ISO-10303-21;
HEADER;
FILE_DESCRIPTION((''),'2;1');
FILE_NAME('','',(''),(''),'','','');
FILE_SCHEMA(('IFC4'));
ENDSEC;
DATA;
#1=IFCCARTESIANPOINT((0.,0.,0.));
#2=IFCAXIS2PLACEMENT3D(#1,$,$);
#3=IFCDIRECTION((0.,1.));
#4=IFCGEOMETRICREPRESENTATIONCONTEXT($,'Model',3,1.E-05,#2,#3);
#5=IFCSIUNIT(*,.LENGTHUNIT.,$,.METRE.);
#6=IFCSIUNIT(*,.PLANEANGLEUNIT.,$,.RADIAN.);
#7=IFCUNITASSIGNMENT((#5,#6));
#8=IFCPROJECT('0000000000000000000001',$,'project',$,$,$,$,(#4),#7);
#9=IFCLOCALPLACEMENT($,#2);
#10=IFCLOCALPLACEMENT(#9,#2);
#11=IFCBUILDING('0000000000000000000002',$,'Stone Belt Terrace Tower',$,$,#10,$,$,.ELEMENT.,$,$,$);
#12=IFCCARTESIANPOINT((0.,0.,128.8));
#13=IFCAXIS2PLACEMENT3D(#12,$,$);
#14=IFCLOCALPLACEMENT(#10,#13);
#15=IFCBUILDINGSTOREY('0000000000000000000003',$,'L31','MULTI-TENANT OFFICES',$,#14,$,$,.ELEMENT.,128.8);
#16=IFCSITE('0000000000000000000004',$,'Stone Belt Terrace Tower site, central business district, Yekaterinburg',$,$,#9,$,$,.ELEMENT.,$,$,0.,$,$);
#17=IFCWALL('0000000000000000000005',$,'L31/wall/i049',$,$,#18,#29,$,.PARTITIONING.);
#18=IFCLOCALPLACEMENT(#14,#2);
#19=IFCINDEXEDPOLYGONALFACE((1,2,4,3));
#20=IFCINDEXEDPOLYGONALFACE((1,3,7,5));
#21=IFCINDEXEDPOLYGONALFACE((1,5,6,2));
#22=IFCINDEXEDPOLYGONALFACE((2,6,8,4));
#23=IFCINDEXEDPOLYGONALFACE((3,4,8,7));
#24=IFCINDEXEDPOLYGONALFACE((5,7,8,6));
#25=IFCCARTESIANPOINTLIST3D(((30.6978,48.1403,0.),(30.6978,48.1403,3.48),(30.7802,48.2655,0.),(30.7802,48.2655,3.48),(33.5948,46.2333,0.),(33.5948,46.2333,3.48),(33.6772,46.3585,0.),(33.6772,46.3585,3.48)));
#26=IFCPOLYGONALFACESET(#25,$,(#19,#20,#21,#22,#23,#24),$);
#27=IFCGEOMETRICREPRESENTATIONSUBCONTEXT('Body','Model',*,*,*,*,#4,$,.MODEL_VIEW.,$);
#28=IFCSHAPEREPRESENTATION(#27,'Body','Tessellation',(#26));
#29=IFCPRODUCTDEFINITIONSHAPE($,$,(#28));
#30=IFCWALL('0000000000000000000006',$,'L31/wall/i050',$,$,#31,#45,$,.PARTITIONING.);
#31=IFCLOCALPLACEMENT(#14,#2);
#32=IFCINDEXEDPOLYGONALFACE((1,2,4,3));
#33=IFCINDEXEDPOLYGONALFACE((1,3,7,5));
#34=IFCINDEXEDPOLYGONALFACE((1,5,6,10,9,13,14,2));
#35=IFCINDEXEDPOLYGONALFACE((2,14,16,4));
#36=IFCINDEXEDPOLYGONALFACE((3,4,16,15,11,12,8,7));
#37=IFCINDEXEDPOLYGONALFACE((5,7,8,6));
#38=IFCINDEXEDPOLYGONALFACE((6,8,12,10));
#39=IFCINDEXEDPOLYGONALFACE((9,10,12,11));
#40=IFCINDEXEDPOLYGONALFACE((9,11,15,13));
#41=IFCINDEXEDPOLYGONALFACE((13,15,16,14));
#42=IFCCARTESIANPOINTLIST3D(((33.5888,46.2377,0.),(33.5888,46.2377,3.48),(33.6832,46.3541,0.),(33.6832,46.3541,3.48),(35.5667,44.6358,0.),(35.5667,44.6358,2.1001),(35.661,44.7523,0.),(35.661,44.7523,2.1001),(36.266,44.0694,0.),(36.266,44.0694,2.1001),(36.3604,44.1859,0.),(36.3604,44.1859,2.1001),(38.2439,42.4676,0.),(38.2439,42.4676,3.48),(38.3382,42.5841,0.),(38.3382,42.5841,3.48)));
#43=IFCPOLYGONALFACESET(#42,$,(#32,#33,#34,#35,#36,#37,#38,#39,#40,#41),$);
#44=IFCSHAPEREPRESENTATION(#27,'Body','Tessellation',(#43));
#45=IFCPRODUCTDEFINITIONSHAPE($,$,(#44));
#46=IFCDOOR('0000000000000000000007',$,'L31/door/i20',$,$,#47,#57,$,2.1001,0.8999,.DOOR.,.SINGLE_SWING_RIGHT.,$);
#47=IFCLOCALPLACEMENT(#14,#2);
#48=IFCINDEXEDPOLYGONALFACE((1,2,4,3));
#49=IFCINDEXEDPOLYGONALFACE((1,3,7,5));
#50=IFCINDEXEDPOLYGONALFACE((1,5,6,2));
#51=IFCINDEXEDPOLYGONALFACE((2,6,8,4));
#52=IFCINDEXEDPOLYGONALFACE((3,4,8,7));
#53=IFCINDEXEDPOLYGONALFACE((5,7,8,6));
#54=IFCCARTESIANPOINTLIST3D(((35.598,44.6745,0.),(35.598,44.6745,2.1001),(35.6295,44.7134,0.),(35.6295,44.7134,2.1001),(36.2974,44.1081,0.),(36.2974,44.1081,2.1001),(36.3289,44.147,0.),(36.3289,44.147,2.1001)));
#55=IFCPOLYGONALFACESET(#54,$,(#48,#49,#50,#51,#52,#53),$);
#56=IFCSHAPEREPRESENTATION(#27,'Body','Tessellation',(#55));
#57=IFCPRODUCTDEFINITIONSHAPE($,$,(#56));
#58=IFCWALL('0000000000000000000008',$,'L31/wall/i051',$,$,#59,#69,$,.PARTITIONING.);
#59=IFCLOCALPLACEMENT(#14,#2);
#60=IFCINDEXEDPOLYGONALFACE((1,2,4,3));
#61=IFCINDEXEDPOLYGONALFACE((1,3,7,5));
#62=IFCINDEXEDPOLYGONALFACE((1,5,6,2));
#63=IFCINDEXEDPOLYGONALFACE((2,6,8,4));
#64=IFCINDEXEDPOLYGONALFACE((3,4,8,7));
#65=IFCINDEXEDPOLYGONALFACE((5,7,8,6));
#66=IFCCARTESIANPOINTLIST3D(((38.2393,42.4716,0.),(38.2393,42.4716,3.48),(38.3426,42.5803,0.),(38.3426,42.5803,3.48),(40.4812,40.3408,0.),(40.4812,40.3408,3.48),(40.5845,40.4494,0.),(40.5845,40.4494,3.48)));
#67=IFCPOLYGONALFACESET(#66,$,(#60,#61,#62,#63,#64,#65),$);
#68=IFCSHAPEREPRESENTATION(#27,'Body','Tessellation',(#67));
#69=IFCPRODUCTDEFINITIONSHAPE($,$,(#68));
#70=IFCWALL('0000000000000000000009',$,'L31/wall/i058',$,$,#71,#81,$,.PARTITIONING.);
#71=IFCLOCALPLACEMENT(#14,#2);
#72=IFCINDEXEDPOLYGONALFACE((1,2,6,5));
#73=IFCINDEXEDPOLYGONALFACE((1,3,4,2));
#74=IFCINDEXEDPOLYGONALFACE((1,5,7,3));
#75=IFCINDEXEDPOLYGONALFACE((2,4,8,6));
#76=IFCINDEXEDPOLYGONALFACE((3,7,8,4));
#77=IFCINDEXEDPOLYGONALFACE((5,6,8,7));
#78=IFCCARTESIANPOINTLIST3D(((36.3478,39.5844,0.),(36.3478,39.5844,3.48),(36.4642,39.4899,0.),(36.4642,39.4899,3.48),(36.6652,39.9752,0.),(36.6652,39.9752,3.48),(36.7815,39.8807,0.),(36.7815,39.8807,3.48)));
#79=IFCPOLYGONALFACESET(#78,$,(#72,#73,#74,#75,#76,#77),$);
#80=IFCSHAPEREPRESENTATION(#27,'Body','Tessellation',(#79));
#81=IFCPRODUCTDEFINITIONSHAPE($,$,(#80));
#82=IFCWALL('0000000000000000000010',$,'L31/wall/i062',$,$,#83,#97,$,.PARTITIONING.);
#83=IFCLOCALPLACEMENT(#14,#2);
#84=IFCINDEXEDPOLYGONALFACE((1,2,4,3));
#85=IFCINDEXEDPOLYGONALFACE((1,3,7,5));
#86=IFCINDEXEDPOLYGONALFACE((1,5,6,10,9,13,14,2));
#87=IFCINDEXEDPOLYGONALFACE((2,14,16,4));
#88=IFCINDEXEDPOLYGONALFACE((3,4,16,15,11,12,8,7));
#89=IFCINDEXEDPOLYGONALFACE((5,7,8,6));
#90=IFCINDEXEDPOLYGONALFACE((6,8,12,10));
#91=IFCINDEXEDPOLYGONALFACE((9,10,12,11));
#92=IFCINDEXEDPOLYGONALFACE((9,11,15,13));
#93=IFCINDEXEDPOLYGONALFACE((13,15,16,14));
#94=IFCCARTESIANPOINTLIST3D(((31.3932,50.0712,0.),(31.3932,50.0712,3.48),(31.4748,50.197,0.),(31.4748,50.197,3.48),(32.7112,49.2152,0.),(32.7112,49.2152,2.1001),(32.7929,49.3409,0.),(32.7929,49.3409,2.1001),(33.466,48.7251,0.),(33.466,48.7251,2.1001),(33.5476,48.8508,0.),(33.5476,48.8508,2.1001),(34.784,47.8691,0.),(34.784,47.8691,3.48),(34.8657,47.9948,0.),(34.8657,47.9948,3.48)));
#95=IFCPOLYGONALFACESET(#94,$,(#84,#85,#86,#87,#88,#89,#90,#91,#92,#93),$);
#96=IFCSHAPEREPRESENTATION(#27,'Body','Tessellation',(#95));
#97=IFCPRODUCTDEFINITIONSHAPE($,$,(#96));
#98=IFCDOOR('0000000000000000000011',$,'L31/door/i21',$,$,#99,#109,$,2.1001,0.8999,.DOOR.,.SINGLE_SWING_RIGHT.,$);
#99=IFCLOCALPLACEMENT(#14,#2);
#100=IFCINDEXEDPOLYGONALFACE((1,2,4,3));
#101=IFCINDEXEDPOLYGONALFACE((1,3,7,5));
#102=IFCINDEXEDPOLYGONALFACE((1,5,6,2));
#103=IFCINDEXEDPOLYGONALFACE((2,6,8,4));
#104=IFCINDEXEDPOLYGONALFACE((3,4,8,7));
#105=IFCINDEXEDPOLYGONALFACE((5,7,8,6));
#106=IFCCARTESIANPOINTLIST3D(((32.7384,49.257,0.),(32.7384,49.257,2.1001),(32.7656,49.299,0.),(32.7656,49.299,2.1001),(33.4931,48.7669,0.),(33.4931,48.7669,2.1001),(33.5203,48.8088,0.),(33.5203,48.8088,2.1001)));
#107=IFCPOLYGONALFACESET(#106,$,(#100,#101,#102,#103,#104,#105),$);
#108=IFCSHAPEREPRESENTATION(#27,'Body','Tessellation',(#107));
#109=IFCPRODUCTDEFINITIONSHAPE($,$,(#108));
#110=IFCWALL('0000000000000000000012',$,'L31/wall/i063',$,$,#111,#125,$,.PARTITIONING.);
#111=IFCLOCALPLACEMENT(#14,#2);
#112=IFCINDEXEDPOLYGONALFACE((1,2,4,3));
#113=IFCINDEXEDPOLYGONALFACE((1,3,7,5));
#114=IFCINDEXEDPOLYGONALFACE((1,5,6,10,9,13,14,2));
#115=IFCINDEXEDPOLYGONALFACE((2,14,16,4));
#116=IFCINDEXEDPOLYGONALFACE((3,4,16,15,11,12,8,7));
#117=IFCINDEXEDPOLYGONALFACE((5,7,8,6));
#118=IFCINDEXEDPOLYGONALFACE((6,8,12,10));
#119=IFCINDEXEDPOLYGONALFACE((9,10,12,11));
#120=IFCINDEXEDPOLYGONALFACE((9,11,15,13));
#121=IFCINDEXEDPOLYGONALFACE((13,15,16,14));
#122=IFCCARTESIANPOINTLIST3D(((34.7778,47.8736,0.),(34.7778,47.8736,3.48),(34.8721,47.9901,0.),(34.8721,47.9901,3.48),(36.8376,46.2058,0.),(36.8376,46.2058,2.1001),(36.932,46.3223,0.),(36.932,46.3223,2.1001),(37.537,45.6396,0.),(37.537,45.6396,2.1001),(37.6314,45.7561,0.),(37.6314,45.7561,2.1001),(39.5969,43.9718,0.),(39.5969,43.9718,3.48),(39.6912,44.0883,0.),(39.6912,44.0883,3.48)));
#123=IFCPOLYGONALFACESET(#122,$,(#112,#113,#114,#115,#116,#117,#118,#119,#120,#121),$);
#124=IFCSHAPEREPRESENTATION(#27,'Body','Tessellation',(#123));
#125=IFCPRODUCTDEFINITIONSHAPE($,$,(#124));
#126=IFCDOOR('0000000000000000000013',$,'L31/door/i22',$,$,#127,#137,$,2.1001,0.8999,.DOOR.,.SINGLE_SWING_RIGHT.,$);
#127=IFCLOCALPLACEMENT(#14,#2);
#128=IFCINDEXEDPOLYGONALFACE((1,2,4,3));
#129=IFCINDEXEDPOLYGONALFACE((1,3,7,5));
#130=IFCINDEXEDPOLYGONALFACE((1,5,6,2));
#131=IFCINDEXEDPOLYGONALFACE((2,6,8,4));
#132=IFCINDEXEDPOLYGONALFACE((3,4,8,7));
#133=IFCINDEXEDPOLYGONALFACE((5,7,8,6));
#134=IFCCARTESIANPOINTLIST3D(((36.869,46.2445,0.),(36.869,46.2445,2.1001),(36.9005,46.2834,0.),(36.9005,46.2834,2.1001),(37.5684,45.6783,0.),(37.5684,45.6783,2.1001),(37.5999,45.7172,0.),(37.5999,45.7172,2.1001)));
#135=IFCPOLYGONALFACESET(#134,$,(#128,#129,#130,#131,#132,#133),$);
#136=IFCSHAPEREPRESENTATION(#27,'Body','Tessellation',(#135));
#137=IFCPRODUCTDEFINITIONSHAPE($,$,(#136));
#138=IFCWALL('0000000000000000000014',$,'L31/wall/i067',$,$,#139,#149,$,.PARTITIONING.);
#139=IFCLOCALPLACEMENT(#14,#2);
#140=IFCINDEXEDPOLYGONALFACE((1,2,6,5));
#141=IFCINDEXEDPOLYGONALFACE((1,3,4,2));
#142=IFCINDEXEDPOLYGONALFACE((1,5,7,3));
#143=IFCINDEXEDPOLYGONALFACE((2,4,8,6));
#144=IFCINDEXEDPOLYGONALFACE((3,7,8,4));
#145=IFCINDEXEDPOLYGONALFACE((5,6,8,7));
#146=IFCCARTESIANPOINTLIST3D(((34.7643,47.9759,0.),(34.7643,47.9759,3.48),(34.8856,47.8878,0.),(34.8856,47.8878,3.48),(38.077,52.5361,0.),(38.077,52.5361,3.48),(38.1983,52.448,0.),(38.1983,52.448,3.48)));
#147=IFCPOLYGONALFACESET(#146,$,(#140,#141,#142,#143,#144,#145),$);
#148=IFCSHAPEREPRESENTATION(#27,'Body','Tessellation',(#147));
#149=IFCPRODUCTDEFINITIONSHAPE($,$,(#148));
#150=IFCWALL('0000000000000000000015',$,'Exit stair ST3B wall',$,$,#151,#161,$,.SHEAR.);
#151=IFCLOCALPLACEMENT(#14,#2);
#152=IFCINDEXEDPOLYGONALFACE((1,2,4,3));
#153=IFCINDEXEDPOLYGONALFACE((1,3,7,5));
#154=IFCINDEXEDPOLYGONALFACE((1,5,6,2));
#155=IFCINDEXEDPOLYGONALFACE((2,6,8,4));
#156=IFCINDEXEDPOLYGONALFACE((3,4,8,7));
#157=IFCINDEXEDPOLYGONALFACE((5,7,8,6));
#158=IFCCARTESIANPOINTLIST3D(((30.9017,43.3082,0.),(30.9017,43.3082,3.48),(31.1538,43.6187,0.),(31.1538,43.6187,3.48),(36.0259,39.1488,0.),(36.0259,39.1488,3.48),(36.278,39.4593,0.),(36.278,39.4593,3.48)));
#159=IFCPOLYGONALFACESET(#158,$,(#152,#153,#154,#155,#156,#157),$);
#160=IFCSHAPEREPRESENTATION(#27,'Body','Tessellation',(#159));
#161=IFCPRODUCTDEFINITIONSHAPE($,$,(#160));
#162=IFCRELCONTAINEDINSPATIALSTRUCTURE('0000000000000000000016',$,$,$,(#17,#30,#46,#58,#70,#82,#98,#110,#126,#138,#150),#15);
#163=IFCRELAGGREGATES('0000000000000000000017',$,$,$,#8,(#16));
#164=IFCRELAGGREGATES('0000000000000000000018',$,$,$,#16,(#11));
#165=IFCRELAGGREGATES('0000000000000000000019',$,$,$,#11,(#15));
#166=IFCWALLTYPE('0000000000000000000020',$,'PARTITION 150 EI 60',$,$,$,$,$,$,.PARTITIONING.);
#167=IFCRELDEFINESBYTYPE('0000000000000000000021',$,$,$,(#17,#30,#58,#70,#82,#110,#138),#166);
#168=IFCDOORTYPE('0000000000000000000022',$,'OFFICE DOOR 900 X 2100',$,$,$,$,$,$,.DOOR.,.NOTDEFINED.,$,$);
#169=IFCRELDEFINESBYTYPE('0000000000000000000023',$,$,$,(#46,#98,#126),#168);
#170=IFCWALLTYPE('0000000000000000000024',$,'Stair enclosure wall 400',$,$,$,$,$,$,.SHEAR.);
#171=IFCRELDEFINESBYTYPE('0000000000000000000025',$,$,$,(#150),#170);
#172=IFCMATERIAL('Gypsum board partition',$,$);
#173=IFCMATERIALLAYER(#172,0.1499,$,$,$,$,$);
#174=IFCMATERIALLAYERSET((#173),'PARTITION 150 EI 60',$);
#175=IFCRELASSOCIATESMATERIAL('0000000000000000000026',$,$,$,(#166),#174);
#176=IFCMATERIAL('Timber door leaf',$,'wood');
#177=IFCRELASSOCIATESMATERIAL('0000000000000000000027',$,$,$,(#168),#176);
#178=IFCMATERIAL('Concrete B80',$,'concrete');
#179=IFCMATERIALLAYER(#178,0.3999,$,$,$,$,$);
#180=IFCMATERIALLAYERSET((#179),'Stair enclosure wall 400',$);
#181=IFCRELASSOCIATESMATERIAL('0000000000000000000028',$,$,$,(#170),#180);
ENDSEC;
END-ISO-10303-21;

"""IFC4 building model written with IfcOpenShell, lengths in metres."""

from ifc_helpers import new_model, si_unit, direction, frame, frame_2d, origin, place, context, subcontext, project, spatial, rectangle, extrude, material, layer, layer_set, type_object, element, fill, save


model = new_model("IFC4")

# Units and contexts
model_context = context("Model", 3, precision=1e-05, world=origin(), true_north=direction((0.0, 1.0)))
body_context = subcontext(model_context, "Body", "Model", "MODEL_VIEW")
ifc_project = project(units=[si_unit("LENGTHUNIT", "METRE"), si_unit("PLANEANGLEUNIT", "RADIAN")], contexts=[model_context])

# Site, building, storey
site_placement = place(None, origin())
site = spatial("IfcSite", under=ifc_project, at=site_placement, Name="Stone Belt Terrace Tower site, central business district, Yekaterinburg", CompositionType="ELEMENT", RefElevation=0.0)
building_placement = place(site_placement, origin())
building = spatial("IfcBuilding", under=site, at=building_placement, Name="Stone Belt Terrace Tower", CompositionType="ELEMENT")
storey_placement = place(building_placement, frame((0.0, 0.0, 128.8)))
storey = spatial("IfcBuildingStorey", under=building, at=storey_placement, Name="L31", Description="MULTI-TENANT OFFICES", CompositionType="ELEMENT", Elevation=128.8)

# Shared definitions
ifc_material_1 = material(Name="Concrete B80", Category="concrete")

# Shared definitions
ifc_material_2 = material(Name="Gypsum board partition")
ifc_layer_1 = layer(ifc_material_2, 0.1499)
ifc_layer_set_1 = layer_set([ifc_layer_1], Name="PARTITION 150 EI 60")
wall_type_1 = type_object("IfcWallType", Name="PARTITION 150 EI 60", PredefinedType="PARTITIONING", material=ifc_layer_set_1)
ifc_material_3 = material(Name="Timber door leaf", Category="wood")
door_type_1 = type_object("IfcDoorType", Name="OFFICE DOOR 900 X 2100", OperationType="NOTDEFINED", PredefinedType="DOOR", material=ifc_material_3)

# Wall
wall_1_placement = place(storey_placement, frame((30.739, 48.2029, 0.0), z_axis=(0.0, 0.0, 1.0), x_axis=(0.835274, -0.549834, 0.0)))
element("IfcWall", 1, at=wall_1_placement, inside=storey, type_object=wall_type_1, Name="L31/wall/i049", PredefinedType="PARTITIONING", context=body_context, shape_type="SweptSolid", body=[
    extrude(rectangle(XDim=3.4683, YDim=0.1499, at=frame_2d((1.7341, 0.0))), origin(), (0.0, 0.0, 1.0), 3.48),
])

# Wall, opening, door
wall_2_placement = place(storey_placement, frame((33.636, 46.2959, 0.0), z_axis=(0.0, 0.0, 1.0), x_axis=(0.777109, -0.629366, 0.0)))
wall_2 = element("IfcWall", 2, at=wall_2_placement, inside=storey, type_object=wall_type_1, Name="L31/wall/i050", PredefinedType="PARTITIONING", context=body_context, shape_type="SweptSolid", body=[
    extrude(rectangle(XDim=5.9902, YDim=0.1499, at=frame_2d((2.9951, 0.0))), origin(), (0.0, 0.0, 1.0), 3.48),
])
opening_1_placement = place(wall_2_placement, frame((2.5452, 0.0, 0.0)))
opening_1 = element("IfcOpeningElement", 3, at=opening_1_placement, cuts=wall_2, PredefinedType="OPENING", context=body_context, shape_type="SweptSolid", body=[
    extrude(rectangle(XDim=0.8999, YDim=2.1001, at=frame_2d((0.45, 1.05))), frame((0.0, 0.085, 0.0), z_axis=(0.0, -1.0, 0.0), x_axis=(1.0, 0.0, 0.0)), (0.0, 0.0, 1.0), 0.1699),
])
door_1_placement = place(opening_1_placement, origin())
door_1 = element("IfcDoor", 4, at=door_1_placement, inside=storey, type_object=door_type_1, Name="L31/door/i20", OperationType="SINGLE_SWING_RIGHT", OverallHeight=2.1001, OverallWidth=0.8999, PredefinedType="DOOR", context=body_context, shape_type="SweptSolid", body=[
    extrude(rectangle(XDim=0.8999, YDim=2.1001, at=frame_2d((0.45, 1.05))), frame((0.0, 0.0249, 0.0), z_axis=(0.0, -1.0, 0.0), x_axis=(1.0, 0.0, 0.0)), (0.0, 0.0, 1.0), 0.05),
])
fill(opening_1, door_1)

# Walls
wall_3_placement = place(storey_placement, frame((38.291, 42.5259, 0.0), z_axis=(0.0, 0.0, 1.0), x_axis=(0.724836, -0.688922, 0.0)))
element("IfcWall", 5, at=wall_3_placement, inside=storey, type_object=wall_type_1, Name="L31/wall/i051", PredefinedType="PARTITIONING", context=body_context, shape_type="SweptSolid", body=[
    extrude(rectangle(XDim=3.093, YDim=0.1499, at=frame_2d((1.5464, 0.0))), origin(), (0.0, 0.0, 1.0), 3.48),
])
wall_4_placement = place(storey_placement, frame((36.406, 39.5371, 0.0), z_axis=(0.0, 0.0, 1.0), x_axis=(0.630355, 0.776307, 0.0)))
element("IfcWall", 6, at=wall_4_placement, inside=storey, type_object=wall_type_1, Name="L31/wall/i058", PredefinedType="PARTITIONING", context=body_context, shape_type="SweptSolid", body=[
    extrude(rectangle(XDim=0.5034, YDim=0.1499, at=frame_2d((0.2517, 0.0))), origin(), (0.0, 0.0, 1.0), 3.48),
])

# Walls, openings, doors
wall_5_placement = place(storey_placement, frame((31.4341, 50.134, 0.0), z_axis=(0.0, 0.0, 1.0), x_axis=(0.83866, -0.544655, 0.0)))
wall_5 = element("IfcWall", 7, at=wall_5_placement, inside=storey, type_object=wall_type_1, Name="L31/wall/i062", PredefinedType="PARTITIONING", context=body_context, shape_type="SweptSolid", body=[
    extrude(rectangle(XDim=4.0432, YDim=0.1499, at=frame_2d((2.0215, 0.0))), origin(), (0.0, 0.0, 1.0), 3.48),
])
opening_2_placement = place(wall_5_placement, frame((1.5715, 0.0, 0.0)))
opening_2 = element("IfcOpeningElement", 8, at=opening_2_placement, cuts=wall_5, PredefinedType="OPENING", context=body_context, shape_type="SweptSolid", body=[
    extrude(rectangle(XDim=0.8999, YDim=2.1001, at=frame_2d((0.45, 1.05))), frame((0.0, 0.085, 0.0), z_axis=(0.0, -1.0, 0.0), x_axis=(1.0, 0.0, 0.0)), (0.0, 0.0, 1.0), 0.1699),
])
door_2_placement = place(opening_2_placement, origin())
door_2 = element("IfcDoor", 9, at=door_2_placement, inside=storey, type_object=door_type_1, Name="L31/door/i21", OperationType="SINGLE_SWING_RIGHT", OverallHeight=2.1001, OverallWidth=0.8999, PredefinedType="DOOR", context=body_context, shape_type="SweptSolid", body=[
    extrude(rectangle(XDim=0.8999, YDim=2.1001, at=frame_2d((0.45, 1.05))), frame((0.0, 0.0249, 0.0), z_axis=(0.0, -1.0, 0.0), x_axis=(1.0, 0.0, 0.0)), (0.0, 0.0, 1.0), 0.05),
])
fill(opening_2, door_2)
wall_6_placement = place(storey_placement, frame((34.825, 47.9319, 0.0), z_axis=(0.0, 0.0, 1.0), x_axis=(0.777191, -0.629265, 0.0)))
wall_6 = element("IfcWall", 10, at=wall_6_placement, inside=storey, type_object=wall_type_1, Name="L31/wall/i063", PredefinedType="PARTITIONING", context=body_context, shape_type="SweptSolid", body=[
    extrude(rectangle(XDim=6.2007, YDim=0.1499, at=frame_2d((3.1003, 0.0))), origin(), (0.0, 0.0, 1.0), 3.48),
])
opening_3_placement = place(wall_6_placement, frame((2.6504, 0.0, 0.0)))
opening_3 = element("IfcOpeningElement", 11, at=opening_3_placement, cuts=wall_6, PredefinedType="OPENING", context=body_context, shape_type="SweptSolid", body=[
    extrude(rectangle(XDim=0.8999, YDim=2.1001, at=frame_2d((0.45, 1.05))), frame((0.0, 0.085, 0.0), z_axis=(0.0, -1.0, 0.0), x_axis=(1.0, 0.0, 0.0)), (0.0, 0.0, 1.0), 0.1699),
])
door_3_placement = place(opening_3_placement, origin())
door_3 = element("IfcDoor", 12, at=door_3_placement, inside=storey, type_object=door_type_1, Name="L31/door/i22", OperationType="SINGLE_SWING_RIGHT", OverallHeight=2.1001, OverallWidth=0.8999, PredefinedType="DOOR", context=body_context, shape_type="SweptSolid", body=[
    extrude(rectangle(XDim=0.8999, YDim=2.1001, at=frame_2d((0.45, 1.05))), frame((0.0, 0.0249, 0.0), z_axis=(0.0, -1.0, 0.0), x_axis=(1.0, 0.0, 0.0)), (0.0, 0.0, 1.0), 0.05),
])
fill(opening_3, door_3)

# Walls
wall_7_placement = place(storey_placement, frame((38.1377, 52.4922, 0.0), z_axis=(0.0, 0.0, 1.0), x_axis=(-0.587726, -0.80906, 0.0)))
element("IfcWall", 13, at=wall_7_placement, inside=storey, type_object=wall_type_1, Name="L31/wall/i067", PredefinedType="PARTITIONING", context=body_context, shape_type="SweptSolid", body=[
    extrude(rectangle(XDim=5.6365, YDim=0.1499, at=frame_2d((2.8184, 0.0))), origin(), (0.0, 0.0, 1.0), 3.48),
])
ifc_layer_2 = layer(ifc_material_1, 0.3999)
ifc_layer_set_2 = layer_set([ifc_layer_2], Name="Stair enclosure wall 400")
wall_type_2 = type_object("IfcWallType", Name="Stair enclosure wall 400", PredefinedType="SHEAR", material=ifc_layer_set_2)
wall_8_placement = place(storey_placement, frame((31.0278, 43.4634, 0.0), z_axis=(0.0, 0.0, 1.0), x_axis=(0.776414, -0.630224, 0.0)))
element("IfcWall", 14, at=wall_8_placement, inside=storey, type_object=wall_type_2, Name="Exit stair ST3B wall", PredefinedType="SHEAR", context=body_context, shape_type="SweptSolid", body=[
    extrude(rectangle(XDim=6.5999, YDim=0.3999, at=frame_2d((3.2998, 0.0))), origin(), (0.0, 0.0, 1.0), 3.48),
])

save(model, "model.ifc")
